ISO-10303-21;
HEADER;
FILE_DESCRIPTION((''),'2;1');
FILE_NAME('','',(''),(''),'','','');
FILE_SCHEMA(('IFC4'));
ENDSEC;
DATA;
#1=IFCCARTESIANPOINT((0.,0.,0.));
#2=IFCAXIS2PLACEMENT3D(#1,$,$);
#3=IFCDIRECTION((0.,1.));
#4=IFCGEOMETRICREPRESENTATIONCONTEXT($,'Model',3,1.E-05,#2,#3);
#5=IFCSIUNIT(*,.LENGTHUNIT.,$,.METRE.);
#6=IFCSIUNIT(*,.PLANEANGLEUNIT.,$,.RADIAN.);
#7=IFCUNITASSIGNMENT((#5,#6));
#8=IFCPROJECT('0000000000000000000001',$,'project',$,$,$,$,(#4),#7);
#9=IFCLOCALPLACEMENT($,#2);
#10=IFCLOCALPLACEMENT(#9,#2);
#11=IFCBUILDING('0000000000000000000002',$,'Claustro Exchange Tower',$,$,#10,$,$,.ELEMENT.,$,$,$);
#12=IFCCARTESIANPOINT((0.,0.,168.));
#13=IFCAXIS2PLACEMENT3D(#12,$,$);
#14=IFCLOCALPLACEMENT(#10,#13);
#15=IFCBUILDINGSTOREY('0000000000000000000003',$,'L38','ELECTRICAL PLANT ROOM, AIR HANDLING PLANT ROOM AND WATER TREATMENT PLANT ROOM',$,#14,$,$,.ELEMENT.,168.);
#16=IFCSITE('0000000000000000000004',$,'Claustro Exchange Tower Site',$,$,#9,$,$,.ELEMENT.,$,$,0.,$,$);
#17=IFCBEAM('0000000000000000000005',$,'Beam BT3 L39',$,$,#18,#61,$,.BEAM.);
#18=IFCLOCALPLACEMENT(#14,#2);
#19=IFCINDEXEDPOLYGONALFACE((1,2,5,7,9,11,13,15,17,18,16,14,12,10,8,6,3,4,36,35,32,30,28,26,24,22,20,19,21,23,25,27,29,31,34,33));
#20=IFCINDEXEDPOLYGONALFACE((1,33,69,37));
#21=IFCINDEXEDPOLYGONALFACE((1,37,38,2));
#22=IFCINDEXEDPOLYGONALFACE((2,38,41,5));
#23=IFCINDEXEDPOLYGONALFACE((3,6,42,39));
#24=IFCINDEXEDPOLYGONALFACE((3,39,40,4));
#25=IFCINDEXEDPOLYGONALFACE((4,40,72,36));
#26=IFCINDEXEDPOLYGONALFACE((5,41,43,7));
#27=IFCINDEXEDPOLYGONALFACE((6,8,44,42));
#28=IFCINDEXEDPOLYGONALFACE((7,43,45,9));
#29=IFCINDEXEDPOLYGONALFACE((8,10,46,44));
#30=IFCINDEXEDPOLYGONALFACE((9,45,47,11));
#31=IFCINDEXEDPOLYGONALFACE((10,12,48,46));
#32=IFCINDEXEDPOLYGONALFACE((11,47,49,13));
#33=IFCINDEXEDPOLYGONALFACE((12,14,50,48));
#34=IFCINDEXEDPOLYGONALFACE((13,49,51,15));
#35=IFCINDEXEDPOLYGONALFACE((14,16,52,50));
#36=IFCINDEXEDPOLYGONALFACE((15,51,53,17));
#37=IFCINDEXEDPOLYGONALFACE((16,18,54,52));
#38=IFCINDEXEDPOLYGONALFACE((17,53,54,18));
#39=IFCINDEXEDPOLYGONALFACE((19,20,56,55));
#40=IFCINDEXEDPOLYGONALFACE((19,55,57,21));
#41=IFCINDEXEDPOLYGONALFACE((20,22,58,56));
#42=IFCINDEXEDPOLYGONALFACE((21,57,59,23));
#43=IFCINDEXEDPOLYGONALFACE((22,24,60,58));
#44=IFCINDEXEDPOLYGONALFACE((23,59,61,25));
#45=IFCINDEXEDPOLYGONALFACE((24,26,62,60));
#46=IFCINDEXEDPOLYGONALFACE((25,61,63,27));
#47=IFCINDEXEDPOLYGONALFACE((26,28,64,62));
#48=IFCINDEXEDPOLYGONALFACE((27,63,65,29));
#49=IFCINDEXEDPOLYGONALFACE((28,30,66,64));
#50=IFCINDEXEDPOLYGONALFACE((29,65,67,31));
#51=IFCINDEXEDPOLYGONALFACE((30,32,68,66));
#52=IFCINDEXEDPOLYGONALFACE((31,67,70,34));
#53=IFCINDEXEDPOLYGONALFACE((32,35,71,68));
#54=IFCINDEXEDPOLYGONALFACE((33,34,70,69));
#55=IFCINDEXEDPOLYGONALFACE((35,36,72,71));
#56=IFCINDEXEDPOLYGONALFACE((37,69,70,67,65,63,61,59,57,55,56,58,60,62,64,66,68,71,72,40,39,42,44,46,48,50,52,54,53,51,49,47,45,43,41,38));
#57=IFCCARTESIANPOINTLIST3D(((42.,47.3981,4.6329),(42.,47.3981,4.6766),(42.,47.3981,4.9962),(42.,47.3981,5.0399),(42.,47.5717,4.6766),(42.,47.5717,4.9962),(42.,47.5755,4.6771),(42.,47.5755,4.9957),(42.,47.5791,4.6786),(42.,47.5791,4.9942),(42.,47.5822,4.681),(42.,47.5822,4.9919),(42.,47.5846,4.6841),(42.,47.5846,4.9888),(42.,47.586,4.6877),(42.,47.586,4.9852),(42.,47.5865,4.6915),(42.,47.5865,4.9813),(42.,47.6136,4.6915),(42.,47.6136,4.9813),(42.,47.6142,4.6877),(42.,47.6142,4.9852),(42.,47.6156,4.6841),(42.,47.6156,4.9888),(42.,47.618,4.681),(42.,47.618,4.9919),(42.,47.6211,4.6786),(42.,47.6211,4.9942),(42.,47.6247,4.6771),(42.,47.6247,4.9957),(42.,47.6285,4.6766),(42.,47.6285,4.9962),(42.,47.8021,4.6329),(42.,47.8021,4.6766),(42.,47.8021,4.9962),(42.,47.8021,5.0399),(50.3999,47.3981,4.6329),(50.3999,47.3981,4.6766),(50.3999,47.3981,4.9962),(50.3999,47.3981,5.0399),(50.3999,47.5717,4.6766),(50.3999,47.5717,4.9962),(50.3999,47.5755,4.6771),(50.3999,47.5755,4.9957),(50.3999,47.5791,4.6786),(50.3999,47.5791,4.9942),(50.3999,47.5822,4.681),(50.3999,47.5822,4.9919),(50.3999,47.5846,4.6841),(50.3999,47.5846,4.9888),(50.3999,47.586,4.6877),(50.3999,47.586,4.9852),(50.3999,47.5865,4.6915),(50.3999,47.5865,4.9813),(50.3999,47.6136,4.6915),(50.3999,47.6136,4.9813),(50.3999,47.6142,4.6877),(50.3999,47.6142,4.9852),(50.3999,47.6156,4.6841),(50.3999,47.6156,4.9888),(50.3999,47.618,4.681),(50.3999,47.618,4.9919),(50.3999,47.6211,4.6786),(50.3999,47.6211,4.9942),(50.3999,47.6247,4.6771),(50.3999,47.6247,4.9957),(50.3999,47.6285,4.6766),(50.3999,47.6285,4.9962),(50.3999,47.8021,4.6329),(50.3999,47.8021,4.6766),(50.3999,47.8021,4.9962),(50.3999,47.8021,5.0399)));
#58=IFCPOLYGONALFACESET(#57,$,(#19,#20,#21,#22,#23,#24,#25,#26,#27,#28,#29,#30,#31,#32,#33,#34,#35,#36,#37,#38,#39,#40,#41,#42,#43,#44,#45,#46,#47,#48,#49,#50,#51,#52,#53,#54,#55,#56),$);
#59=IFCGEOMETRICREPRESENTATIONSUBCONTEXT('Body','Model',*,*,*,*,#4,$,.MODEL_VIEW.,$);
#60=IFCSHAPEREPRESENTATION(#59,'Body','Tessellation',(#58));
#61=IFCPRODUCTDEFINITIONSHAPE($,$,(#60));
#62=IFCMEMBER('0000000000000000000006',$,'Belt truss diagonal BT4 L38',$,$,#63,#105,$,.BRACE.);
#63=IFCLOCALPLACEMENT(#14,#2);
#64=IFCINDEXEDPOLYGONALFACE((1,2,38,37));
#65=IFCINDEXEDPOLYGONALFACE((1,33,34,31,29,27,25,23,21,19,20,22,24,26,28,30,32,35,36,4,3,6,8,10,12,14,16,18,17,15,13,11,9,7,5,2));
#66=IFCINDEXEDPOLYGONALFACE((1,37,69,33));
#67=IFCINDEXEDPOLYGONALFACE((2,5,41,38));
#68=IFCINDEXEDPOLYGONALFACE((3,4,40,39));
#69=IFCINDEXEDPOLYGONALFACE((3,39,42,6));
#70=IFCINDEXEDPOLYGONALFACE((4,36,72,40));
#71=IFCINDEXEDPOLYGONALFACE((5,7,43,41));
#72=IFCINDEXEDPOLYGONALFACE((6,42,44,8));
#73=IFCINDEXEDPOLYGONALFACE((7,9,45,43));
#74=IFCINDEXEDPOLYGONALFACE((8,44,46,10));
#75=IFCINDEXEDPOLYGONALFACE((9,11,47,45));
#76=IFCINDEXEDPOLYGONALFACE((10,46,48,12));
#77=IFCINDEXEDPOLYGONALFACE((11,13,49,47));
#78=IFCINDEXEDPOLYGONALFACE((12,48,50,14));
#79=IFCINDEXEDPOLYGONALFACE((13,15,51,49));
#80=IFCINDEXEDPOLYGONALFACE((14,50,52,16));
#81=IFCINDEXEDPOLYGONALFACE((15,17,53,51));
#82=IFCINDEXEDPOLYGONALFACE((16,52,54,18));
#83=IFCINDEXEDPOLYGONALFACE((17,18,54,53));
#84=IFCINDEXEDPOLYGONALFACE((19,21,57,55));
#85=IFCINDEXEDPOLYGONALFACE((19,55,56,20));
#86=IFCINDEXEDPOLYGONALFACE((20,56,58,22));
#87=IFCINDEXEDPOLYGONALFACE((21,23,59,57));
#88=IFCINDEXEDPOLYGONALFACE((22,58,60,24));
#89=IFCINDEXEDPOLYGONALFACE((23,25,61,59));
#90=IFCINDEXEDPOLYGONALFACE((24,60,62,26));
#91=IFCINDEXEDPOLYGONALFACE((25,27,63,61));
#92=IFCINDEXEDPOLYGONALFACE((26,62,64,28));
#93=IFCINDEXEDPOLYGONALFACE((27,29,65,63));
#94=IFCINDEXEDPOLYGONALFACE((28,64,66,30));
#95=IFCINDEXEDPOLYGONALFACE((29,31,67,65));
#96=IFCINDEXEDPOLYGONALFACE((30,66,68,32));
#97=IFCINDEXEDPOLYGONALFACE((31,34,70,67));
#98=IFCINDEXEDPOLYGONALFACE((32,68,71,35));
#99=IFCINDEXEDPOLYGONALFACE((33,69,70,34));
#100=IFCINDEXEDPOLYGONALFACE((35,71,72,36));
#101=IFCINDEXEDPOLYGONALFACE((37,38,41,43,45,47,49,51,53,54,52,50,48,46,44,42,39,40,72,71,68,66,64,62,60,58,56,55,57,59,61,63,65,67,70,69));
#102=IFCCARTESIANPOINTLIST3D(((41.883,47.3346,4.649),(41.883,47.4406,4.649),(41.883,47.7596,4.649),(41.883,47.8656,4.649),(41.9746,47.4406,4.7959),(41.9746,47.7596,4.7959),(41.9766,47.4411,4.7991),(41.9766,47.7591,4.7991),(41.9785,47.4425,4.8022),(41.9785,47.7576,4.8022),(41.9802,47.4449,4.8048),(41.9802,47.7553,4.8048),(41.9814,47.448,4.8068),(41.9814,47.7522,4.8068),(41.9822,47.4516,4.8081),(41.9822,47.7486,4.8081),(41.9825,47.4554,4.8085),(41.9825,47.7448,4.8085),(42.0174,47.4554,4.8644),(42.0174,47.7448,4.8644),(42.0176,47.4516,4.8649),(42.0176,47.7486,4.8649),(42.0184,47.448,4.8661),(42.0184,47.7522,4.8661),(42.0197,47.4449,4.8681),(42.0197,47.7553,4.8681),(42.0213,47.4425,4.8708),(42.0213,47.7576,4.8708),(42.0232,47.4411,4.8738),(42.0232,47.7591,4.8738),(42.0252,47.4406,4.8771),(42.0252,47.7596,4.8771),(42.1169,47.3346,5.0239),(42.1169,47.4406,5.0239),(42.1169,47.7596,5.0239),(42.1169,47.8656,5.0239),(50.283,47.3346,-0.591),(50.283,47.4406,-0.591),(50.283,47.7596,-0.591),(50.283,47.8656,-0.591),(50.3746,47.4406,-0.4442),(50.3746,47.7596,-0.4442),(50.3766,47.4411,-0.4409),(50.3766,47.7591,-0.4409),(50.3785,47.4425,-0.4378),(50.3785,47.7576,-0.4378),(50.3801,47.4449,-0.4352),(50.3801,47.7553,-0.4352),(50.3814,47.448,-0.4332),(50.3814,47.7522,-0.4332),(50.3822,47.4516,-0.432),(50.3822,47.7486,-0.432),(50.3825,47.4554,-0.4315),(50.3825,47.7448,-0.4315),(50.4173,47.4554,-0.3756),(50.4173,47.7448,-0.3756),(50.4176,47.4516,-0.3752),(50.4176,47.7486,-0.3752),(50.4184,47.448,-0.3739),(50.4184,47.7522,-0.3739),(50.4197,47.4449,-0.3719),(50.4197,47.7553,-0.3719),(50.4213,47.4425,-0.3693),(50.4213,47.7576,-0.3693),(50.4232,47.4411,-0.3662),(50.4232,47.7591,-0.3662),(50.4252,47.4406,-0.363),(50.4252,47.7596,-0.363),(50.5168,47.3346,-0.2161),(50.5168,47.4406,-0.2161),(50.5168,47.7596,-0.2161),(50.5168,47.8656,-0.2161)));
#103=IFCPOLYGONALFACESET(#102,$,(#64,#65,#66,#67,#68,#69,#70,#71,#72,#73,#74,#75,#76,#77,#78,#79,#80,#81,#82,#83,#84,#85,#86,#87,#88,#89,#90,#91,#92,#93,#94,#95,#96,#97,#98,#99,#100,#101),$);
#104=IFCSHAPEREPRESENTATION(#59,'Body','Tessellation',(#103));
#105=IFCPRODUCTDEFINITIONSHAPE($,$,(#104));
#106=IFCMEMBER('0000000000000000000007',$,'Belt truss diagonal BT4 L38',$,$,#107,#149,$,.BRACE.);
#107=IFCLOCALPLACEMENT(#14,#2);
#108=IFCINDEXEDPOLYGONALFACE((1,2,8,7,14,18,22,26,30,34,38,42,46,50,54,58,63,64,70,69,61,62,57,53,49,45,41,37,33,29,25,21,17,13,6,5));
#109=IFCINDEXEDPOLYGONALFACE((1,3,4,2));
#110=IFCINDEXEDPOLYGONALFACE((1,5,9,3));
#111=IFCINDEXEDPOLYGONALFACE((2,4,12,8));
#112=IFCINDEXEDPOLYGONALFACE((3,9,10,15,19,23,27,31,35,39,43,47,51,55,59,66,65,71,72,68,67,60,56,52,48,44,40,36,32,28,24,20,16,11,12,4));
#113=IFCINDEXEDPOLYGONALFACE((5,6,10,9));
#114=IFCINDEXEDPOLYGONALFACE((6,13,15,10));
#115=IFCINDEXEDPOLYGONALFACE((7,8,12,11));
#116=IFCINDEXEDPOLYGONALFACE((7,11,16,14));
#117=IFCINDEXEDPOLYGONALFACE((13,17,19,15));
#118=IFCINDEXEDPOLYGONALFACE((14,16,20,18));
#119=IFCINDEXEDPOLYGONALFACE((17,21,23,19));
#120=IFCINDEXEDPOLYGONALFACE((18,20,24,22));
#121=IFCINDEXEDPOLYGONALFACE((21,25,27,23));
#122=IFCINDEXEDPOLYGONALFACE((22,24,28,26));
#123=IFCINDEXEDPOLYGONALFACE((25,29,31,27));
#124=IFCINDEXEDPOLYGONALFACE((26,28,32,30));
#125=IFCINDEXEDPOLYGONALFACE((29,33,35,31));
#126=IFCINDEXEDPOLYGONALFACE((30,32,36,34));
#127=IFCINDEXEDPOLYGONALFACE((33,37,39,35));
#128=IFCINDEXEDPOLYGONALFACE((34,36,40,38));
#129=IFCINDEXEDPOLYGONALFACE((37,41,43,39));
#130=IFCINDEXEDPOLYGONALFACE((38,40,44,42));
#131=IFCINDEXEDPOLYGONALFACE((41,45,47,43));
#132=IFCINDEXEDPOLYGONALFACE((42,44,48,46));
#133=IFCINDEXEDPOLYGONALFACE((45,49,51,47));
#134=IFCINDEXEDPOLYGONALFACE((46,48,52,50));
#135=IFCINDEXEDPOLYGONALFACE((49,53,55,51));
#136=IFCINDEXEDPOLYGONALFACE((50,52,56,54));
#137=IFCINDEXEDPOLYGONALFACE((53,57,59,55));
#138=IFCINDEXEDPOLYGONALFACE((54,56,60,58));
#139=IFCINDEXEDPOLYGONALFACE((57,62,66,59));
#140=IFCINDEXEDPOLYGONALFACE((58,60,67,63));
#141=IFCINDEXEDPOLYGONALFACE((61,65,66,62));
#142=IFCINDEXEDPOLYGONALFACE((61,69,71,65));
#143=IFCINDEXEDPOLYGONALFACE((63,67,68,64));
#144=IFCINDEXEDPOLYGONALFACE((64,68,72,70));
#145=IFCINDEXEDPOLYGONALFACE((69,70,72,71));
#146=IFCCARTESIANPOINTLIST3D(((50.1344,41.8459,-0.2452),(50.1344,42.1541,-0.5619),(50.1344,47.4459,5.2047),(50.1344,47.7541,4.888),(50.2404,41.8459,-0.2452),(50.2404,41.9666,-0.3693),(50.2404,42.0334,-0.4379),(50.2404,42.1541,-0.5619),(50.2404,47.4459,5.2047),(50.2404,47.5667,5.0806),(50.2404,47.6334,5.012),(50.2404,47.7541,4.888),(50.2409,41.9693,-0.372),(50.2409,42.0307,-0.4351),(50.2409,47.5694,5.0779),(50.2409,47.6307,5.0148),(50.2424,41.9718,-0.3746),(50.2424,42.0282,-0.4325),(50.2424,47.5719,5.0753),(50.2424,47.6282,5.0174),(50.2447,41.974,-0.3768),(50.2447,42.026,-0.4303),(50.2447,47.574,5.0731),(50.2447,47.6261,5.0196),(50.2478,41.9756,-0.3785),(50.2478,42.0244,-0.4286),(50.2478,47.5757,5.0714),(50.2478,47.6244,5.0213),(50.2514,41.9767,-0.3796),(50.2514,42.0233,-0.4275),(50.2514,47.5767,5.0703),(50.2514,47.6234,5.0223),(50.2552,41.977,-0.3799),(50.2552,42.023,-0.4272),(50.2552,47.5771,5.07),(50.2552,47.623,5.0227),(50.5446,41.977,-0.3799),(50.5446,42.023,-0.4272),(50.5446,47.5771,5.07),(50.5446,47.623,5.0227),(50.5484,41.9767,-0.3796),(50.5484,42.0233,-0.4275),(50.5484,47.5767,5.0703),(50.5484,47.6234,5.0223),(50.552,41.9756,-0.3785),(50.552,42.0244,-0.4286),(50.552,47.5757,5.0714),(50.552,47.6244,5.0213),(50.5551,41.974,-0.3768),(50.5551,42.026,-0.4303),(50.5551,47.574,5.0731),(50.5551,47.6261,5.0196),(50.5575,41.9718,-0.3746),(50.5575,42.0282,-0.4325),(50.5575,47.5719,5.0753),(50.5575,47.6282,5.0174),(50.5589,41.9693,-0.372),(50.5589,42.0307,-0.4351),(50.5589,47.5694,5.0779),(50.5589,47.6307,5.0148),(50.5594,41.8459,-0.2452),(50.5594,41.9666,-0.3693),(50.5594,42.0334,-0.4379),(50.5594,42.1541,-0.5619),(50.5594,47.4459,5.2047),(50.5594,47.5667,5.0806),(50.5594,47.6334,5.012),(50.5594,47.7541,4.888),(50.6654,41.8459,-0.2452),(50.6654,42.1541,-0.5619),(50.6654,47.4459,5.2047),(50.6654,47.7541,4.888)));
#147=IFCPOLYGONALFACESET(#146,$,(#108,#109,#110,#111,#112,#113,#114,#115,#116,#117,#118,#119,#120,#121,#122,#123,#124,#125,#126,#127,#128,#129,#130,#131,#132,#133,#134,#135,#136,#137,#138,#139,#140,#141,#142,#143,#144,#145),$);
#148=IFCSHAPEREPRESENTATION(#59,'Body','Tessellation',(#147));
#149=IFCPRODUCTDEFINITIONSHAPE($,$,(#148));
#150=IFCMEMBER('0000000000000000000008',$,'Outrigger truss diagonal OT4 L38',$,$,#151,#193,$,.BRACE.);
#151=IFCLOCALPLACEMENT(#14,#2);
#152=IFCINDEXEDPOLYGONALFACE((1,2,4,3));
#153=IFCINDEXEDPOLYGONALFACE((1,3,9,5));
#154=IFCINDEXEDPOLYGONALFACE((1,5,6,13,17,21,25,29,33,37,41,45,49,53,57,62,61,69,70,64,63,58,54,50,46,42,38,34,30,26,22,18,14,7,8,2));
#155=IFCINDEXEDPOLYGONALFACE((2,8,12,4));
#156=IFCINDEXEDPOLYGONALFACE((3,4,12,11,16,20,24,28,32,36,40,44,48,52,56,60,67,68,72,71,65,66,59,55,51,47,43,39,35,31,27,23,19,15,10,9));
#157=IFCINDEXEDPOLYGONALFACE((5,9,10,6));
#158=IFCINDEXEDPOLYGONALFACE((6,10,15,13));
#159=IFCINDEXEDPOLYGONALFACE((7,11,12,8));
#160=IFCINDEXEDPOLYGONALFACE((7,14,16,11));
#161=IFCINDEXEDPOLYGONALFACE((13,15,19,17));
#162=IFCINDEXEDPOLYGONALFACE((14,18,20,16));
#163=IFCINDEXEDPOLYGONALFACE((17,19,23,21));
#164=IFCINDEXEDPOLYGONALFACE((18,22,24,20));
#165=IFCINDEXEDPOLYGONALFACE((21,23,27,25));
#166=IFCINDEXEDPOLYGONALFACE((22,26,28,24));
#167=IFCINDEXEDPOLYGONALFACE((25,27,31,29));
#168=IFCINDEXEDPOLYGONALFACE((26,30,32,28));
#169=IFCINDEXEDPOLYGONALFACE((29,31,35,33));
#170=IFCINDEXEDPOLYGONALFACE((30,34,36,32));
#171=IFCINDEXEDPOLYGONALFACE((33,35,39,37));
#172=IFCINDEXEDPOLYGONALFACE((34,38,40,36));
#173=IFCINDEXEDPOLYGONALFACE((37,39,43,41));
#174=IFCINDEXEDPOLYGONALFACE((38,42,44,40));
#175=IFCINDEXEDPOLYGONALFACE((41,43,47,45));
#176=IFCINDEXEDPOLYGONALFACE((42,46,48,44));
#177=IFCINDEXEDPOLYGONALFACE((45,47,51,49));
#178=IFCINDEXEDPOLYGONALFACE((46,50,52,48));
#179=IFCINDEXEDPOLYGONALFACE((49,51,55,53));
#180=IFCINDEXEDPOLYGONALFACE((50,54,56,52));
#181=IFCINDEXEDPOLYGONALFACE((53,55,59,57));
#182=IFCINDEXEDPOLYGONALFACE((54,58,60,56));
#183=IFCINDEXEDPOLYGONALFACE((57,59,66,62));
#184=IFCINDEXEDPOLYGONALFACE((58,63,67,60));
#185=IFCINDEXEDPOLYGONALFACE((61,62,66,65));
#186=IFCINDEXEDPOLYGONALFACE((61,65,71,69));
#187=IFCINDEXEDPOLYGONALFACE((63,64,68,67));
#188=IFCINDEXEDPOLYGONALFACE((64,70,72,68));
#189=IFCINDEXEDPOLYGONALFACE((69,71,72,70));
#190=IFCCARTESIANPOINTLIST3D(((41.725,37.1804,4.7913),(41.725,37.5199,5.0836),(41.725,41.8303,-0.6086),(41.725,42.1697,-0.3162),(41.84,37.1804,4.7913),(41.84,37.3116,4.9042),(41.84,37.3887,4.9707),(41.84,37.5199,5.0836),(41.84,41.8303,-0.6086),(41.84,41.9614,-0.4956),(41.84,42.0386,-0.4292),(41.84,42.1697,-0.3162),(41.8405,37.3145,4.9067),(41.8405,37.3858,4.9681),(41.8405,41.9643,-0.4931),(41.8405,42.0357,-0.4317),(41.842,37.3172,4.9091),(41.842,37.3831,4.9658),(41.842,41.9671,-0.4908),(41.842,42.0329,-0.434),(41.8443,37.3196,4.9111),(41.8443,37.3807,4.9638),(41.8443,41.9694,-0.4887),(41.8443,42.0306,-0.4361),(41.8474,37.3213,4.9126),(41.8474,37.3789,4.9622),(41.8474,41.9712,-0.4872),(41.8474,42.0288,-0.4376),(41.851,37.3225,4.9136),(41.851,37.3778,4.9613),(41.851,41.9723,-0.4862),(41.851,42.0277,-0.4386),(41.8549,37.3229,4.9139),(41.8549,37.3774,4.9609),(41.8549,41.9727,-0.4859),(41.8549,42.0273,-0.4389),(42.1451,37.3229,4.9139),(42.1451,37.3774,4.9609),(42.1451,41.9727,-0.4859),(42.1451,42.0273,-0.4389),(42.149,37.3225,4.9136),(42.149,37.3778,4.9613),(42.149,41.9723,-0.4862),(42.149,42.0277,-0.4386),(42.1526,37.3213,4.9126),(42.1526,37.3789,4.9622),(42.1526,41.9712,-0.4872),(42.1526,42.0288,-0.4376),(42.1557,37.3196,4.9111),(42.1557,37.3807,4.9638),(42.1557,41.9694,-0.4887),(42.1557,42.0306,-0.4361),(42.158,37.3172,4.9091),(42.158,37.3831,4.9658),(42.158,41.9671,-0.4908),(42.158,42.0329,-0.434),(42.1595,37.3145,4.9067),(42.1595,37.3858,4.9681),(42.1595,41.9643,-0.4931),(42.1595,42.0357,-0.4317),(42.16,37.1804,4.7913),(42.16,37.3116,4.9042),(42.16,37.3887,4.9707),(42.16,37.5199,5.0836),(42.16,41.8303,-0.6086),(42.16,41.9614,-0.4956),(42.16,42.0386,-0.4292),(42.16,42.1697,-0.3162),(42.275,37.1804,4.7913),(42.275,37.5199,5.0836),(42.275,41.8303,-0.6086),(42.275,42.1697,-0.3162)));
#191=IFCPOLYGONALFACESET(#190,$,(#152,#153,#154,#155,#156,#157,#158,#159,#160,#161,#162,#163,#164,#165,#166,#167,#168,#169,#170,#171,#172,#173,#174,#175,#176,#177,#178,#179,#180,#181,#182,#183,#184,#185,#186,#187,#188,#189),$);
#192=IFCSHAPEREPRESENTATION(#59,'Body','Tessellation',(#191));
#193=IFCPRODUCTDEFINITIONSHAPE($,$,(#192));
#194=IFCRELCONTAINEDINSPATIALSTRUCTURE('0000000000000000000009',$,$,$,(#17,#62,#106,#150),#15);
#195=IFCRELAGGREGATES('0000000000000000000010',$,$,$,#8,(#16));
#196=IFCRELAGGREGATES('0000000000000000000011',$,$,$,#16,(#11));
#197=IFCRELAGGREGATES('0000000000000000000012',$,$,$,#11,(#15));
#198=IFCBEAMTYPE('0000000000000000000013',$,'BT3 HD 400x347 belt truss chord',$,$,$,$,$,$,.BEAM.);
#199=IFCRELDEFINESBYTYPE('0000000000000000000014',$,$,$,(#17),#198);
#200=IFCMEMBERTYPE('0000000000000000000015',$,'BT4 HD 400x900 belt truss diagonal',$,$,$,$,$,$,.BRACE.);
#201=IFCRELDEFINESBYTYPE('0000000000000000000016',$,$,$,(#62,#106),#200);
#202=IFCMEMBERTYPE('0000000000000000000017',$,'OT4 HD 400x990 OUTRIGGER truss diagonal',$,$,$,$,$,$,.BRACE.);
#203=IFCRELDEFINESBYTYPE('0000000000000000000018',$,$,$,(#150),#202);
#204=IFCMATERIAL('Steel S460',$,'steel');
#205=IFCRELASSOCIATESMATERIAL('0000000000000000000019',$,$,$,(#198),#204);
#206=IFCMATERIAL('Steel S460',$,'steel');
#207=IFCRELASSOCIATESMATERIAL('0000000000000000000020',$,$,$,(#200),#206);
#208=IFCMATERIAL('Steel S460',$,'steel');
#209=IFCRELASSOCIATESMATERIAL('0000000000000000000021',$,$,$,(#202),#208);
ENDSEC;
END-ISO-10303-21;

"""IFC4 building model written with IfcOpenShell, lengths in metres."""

from ifc_helpers import new_model, si_unit, direction, frame, origin, origin_2d, place, context, subcontext, project, spatial, i_section, extrude, material, material_profile, profile_set, type_object, element, save


model = new_model("IFC4")

# Units and contexts
model_context = context("Model", 3, precision=1e-05, world=origin(), true_north=direction((0.0, 1.0)))
body_context = subcontext(model_context, "Body", "Model", "MODEL_VIEW")
ifc_project = project(units=[si_unit("LENGTHUNIT", "METRE"), si_unit("PLANEANGLEUNIT", "RADIAN")], contexts=[model_context])

# Site, building, storey
site_placement = place(None, origin())
site = spatial("IfcSite", under=ifc_project, at=site_placement, Name="Claustro Exchange Tower Site", CompositionType="ELEMENT", RefElevation=0.0)
building_placement = place(site_placement, origin())
building = spatial("IfcBuilding", under=site, at=building_placement, Name="Claustro Exchange Tower", CompositionType="ELEMENT")
storey_placement = place(building_placement, frame((0.0, 0.0, 168.0)))
storey = spatial("IfcBuildingStorey", under=building, at=storey_placement, Name="L38", Description="ELECTRICAL PLANT ROOM, AIR HANDLING PLANT ROOM AND WATER TREATMENT PLANT ROOM", CompositionType="ELEMENT", Elevation=168.0)

# Beam
ifc_material_1 = material(Name="Steel S460", Category="steel")
ifc_material_profile_1 = material_profile(ifc_material_1, i_section(OverallWidth=0.4041, OverallDepth=0.407, WebThickness=0.0271, FlangeThickness=0.0437, FilletRadius=0.0149, at=origin_2d()), Name="HD 400x347")
ifc_profile_set_1 = profile_set([ifc_material_profile_1], Name="Steel S460")
beam_type_1 = type_object("IfcBeamType", Name="BT3 HD 400x347 belt truss chord", PredefinedType="BEAM", material=ifc_profile_set_1)
beam_1_placement = place(storey_placement, frame((42.0, 47.6001, 4.8364), z_axis=(1.0, 0.0, 0.0), x_axis=(0.0, 1.0, 0.0)))
element("IfcBeam", 1, at=beam_1_placement, inside=storey, type_object=beam_type_1, Name="Beam BT3 L39", PredefinedType="BEAM", context=body_context, shape_type="SweptSolid", body=[
    extrude(i_section(OverallWidth=0.4041, OverallDepth=0.407, WebThickness=0.0271, FlangeThickness=0.0437, FilletRadius=0.0149, at=origin_2d()), origin(), (0.0, 0.0, 1.0), 8.3999),
])

# Members
ifc_material_2 = material(Name="Steel S460", Category="steel")
ifc_material_profile_2 = material_profile(ifc_material_2, i_section(OverallWidth=0.4419, OverallDepth=0.531, WebThickness=0.0659, FlangeThickness=0.106, FilletRadius=0.0149, at=origin_2d()), Name="HD 400x900")
ifc_profile_set_2 = profile_set([ifc_material_profile_2], Name="Steel S460")
member_type_1 = type_object("IfcMemberType", Name="BT4 HD 400x900 belt truss diagonal", PredefinedType="BRACE", material=ifc_profile_set_2)
member_1_placement = place(storey_placement, frame((50.3999, 47.6001, -0.4036), z_axis=(-0.84845, 0.0, 0.529276), x_axis=(0.529276, 0.0, 0.84845)))
element("IfcMember", 2, at=member_1_placement, inside=storey, type_object=member_type_1, Name="Belt truss diagonal BT4 L38", PredefinedType="BRACE", context=body_context, shape_type="SweptSolid", body=[
    extrude(i_section(OverallWidth=0.4419, OverallDepth=0.531, WebThickness=0.0659, FlangeThickness=0.106, FilletRadius=0.0149, at=origin_2d()), origin(), (0.0, 0.0, 1.0), 9.9004),
])
member_2_placement = place(storey_placement, frame((50.3999, 42.0, -0.4036), z_axis=(0.0, 0.716649, 0.697434), x_axis=(0.0, -0.697434, 0.716649)))
element("IfcMember", 3, at=member_2_placement, inside=storey, type_object=member_type_1, Name="Belt truss diagonal BT4 L38", PredefinedType="BRACE", context=body_context, shape_type="SweptSolid", body=[
    extrude(i_section(OverallWidth=0.4419, OverallDepth=0.531, WebThickness=0.0659, FlangeThickness=0.106, FilletRadius=0.0149, at=origin_2d()), origin(), (0.0, 0.0, 1.0), 7.8142),
])
ifc_material_3 = material(Name="Steel S460", Category="steel")
ifc_material_profile_3 = material_profile(ifc_material_3, i_section(OverallWidth=0.448, OverallDepth=0.55, WebThickness=0.072, FlangeThickness=0.115, FilletRadius=0.0149, at=origin_2d()), Name="HD 400x990")
ifc_profile_set_3 = profile_set([ifc_material_profile_3], Name="Steel S460")
member_type_2 = type_object("IfcMemberType", Name="OT4 HD 400x990 OUTRIGGER truss diagonal", PredefinedType="BRACE", material=ifc_profile_set_3)
member_3_placement = place(storey_placement, frame((42.0, 42.0, -0.4624), z_axis=(0.0, -0.652522, 0.75777), x_axis=(0.0, 0.75777, 0.652522)))
element("IfcMember", 4, at=member_3_placement, inside=storey, type_object=member_type_2, Name="Outrigger truss diagonal OT4 L38", PredefinedType="BRACE", context=body_context, shape_type="SweptSolid", body=[
    extrude(i_section(OverallWidth=0.448, OverallDepth=0.55, WebThickness=0.072, FlangeThickness=0.115, FilletRadius=0.0149, at=origin_2d()), origin(), (0.0, 0.0, 1.0), 7.126),
])

save(model, "model.ifc")
